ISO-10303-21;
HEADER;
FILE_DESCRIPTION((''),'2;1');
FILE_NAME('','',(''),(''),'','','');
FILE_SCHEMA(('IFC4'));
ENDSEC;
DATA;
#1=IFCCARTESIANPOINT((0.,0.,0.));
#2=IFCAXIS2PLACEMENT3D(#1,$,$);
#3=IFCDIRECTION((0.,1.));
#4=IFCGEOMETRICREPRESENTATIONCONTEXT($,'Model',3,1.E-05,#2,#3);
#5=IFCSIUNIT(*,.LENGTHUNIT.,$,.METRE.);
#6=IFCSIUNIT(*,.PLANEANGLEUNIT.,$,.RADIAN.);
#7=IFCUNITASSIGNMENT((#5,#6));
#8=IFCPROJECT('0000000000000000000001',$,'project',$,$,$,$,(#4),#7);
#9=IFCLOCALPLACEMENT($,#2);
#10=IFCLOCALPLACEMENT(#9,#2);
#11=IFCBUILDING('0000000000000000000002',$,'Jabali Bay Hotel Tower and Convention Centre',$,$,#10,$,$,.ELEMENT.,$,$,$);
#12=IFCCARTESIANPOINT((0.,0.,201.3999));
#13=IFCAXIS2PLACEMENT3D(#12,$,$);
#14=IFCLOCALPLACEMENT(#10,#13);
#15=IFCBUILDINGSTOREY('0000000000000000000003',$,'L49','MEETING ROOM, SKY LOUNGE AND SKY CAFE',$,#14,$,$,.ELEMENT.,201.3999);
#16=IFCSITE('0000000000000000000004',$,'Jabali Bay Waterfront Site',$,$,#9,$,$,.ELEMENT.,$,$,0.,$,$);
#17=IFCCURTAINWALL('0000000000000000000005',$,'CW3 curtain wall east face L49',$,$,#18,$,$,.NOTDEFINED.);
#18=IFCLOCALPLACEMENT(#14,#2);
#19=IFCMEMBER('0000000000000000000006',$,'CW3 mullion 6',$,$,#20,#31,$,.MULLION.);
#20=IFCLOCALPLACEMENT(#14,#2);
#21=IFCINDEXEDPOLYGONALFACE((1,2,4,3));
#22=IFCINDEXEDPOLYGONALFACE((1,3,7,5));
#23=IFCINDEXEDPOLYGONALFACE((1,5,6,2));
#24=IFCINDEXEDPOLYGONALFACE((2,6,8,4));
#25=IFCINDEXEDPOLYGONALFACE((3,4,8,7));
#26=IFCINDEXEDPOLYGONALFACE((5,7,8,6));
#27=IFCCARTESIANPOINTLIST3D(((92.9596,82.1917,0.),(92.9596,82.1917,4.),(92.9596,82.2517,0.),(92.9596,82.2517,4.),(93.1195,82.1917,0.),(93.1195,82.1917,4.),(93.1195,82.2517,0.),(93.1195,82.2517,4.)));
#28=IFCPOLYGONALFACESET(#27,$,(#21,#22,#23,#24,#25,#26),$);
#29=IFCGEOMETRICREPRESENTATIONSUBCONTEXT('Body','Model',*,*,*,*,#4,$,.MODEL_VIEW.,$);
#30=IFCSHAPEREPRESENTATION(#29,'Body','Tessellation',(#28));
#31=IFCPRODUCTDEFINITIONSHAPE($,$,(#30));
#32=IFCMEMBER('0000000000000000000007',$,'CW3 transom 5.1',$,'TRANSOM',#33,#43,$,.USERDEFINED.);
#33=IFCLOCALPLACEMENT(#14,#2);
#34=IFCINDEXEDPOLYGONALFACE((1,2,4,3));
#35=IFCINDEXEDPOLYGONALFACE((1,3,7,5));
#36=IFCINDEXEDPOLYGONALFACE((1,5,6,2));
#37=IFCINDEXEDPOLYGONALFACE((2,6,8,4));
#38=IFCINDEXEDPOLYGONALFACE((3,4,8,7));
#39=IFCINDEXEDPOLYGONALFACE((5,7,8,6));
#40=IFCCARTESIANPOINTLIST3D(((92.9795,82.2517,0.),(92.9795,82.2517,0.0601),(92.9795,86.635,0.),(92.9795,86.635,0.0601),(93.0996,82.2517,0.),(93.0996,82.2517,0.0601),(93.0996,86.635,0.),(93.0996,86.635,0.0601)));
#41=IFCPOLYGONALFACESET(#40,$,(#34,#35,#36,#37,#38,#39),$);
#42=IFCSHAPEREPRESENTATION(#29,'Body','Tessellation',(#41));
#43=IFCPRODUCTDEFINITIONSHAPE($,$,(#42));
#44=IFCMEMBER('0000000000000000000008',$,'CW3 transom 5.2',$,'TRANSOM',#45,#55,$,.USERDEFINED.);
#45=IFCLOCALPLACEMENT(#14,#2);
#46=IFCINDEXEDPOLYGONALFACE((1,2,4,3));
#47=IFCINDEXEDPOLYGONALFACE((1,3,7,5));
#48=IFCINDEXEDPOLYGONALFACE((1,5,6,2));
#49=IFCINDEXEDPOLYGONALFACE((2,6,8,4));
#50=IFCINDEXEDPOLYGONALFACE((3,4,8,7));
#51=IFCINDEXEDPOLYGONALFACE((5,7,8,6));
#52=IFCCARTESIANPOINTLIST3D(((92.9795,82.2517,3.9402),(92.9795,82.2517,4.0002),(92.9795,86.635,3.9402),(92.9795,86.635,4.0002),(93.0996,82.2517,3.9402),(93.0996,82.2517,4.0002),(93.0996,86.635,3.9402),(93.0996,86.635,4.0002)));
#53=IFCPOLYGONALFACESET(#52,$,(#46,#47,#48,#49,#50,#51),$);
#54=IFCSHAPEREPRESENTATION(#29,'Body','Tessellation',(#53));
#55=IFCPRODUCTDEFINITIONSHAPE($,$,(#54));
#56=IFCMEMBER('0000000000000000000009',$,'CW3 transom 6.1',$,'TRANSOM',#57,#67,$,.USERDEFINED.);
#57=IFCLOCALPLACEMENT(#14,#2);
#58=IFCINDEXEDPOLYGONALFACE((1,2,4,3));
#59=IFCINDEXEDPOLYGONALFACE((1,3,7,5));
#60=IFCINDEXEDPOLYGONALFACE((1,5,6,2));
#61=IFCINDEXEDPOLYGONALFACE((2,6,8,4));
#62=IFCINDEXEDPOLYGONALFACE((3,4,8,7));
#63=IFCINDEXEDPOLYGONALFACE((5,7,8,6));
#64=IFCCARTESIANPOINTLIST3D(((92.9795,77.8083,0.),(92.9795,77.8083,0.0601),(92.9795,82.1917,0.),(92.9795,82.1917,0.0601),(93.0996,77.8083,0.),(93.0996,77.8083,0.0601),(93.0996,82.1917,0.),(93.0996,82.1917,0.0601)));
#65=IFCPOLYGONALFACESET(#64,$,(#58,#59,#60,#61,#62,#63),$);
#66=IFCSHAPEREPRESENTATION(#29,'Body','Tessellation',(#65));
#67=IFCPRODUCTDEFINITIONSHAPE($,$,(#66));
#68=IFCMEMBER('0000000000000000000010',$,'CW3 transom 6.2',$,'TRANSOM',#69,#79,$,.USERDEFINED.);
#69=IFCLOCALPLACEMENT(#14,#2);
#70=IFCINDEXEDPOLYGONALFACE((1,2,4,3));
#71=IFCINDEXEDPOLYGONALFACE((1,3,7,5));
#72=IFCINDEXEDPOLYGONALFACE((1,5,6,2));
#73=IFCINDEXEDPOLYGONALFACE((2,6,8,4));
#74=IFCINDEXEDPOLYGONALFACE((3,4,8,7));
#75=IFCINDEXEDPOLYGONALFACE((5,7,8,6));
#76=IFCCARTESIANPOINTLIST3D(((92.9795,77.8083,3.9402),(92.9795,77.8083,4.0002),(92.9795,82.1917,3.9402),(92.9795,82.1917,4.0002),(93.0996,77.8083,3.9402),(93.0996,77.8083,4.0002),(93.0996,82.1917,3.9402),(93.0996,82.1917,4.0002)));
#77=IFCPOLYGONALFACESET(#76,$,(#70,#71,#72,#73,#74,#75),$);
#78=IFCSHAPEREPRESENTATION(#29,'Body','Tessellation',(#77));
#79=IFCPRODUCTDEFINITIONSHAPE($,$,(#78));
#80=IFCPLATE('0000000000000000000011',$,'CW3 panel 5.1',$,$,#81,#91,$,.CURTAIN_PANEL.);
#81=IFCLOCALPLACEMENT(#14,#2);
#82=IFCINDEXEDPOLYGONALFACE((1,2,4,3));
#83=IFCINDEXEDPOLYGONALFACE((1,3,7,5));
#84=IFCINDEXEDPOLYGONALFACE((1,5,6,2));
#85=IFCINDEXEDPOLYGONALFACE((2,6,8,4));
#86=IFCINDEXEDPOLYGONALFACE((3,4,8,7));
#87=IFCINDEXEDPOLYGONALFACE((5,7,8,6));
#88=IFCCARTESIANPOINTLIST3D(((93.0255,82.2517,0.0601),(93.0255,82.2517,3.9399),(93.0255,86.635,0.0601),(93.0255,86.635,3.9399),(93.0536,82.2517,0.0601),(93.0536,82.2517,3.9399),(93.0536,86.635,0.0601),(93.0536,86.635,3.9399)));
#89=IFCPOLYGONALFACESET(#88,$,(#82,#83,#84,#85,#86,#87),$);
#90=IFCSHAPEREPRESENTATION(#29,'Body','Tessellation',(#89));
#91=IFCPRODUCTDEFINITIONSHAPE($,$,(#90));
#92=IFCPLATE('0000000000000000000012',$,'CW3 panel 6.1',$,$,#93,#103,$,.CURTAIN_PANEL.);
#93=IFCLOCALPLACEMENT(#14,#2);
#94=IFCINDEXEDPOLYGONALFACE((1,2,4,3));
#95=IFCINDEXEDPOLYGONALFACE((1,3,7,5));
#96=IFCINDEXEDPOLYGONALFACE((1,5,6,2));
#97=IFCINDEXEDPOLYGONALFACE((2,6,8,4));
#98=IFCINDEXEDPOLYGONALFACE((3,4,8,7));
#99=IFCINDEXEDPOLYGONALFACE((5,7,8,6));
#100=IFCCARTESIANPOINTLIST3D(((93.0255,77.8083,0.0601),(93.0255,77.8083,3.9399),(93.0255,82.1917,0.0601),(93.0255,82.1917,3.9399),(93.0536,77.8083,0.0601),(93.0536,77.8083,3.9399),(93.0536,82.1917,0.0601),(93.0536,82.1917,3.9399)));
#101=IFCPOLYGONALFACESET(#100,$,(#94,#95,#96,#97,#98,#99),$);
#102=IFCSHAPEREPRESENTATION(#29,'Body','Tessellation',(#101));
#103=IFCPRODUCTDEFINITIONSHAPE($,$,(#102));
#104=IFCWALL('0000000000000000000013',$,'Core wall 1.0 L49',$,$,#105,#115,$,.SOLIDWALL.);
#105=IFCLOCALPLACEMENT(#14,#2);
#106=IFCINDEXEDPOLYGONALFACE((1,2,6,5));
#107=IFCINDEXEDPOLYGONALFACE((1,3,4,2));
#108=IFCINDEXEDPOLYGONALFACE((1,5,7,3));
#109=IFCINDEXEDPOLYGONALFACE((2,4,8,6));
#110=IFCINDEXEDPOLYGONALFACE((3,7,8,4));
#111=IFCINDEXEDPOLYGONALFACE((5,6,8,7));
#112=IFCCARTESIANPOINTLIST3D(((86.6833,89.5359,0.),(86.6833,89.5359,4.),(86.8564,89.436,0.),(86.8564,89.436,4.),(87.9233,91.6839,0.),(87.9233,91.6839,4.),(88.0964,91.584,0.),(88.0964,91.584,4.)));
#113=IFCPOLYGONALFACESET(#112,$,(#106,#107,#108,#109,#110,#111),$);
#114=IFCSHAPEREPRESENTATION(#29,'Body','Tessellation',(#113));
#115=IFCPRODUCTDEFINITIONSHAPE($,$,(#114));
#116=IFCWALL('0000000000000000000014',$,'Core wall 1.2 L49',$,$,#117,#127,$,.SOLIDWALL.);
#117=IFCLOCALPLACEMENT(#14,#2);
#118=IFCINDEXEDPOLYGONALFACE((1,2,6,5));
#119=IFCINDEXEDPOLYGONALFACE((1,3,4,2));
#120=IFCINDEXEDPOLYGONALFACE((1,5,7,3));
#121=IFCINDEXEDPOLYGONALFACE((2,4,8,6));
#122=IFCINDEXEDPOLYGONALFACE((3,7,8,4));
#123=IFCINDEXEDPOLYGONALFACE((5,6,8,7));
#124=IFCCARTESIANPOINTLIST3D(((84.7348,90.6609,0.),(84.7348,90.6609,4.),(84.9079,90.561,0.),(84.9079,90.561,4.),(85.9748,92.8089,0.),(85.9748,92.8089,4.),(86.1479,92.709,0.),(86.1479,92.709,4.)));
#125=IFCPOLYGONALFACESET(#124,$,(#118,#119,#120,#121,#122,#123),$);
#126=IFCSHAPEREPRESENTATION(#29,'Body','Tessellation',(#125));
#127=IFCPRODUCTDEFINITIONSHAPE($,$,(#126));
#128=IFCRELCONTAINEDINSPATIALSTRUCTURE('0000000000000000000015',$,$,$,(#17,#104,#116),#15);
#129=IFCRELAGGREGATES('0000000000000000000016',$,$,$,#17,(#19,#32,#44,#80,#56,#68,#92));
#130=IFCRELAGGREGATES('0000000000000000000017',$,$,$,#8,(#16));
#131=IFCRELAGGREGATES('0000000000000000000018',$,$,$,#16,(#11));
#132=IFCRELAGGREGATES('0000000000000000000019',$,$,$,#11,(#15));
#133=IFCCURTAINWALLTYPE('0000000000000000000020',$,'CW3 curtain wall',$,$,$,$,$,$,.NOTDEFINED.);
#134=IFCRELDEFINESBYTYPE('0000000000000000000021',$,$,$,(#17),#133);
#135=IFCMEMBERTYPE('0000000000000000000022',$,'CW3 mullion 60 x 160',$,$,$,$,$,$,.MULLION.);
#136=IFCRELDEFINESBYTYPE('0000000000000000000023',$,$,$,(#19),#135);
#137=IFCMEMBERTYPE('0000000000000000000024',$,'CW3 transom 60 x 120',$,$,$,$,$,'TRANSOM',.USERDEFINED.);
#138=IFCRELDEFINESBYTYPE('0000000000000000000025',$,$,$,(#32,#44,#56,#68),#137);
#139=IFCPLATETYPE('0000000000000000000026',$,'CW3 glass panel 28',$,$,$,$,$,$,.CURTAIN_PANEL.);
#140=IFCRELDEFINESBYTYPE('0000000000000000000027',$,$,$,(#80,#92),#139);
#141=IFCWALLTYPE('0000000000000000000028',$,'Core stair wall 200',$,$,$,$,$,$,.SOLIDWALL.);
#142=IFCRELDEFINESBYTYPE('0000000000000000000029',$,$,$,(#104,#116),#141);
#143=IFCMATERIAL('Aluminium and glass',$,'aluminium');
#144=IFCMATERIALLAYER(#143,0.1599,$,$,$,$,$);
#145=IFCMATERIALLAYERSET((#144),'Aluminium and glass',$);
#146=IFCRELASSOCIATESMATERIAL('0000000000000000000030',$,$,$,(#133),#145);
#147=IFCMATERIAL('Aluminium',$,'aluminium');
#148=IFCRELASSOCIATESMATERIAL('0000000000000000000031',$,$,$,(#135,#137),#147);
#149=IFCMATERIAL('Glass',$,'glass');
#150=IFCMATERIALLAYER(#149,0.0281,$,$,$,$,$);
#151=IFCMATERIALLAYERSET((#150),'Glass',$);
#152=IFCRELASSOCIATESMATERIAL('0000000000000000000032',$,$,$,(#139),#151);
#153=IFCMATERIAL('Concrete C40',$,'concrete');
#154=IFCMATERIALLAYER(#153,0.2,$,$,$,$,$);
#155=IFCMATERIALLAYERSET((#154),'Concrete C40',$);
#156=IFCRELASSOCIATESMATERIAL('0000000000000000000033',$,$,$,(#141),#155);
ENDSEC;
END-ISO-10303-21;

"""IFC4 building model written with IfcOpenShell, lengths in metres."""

from ifc_helpers import new_model, si_unit, direction, frame, frame_2d, origin, origin_2d, place, context, subcontext, project, spatial, rectangle, extrude, material, layer, layer_set, material_profile, profile_set, type_object, element, aggregate, save


model = new_model("IFC4")

# Units and contexts
model_context = context("Model", 3, precision=1e-05, world=origin(), true_north=direction((0.0, 1.0)))
body_context = subcontext(model_context, "Body", "Model", "MODEL_VIEW")
ifc_project = project(units=[si_unit("LENGTHUNIT", "METRE"), si_unit("PLANEANGLEUNIT", "RADIAN")], contexts=[model_context])

# Site, building, storey
site_placement = place(None, origin())
site = spatial("IfcSite", under=ifc_project, at=site_placement, Name="Jabali Bay Waterfront Site", CompositionType="ELEMENT", RefElevation=0.0)
building_placement = place(site_placement, origin())
building = spatial("IfcBuilding", under=site, at=building_placement, Name="Jabali Bay Hotel Tower and Convention Centre", CompositionType="ELEMENT")
storey_placement = place(building_placement, frame((0.0, 0.0, 201.3999)))
storey = spatial("IfcBuildingStorey", under=building, at=storey_placement, Name="L49", Description="MEETING ROOM, SKY LOUNGE AND SKY CAFE", CompositionType="ELEMENT", Elevation=201.3999)

# Curtain wall, members, plates
ifc_material_1 = material(Name="Aluminium and glass", Category="aluminium")
ifc_layer_1 = layer(ifc_material_1, 0.1599)
ifc_layer_set_1 = layer_set([ifc_layer_1], Name="Aluminium and glass")
curtain_wall_type = type_object("IfcCurtainWallType", Name="CW3 curtain wall", PredefinedType="NOTDEFINED", material=ifc_layer_set_1)
curtain_wall_placement = place(storey_placement, origin())
curtain_wall = element("IfcCurtainWall", 1, at=curtain_wall_placement, inside=storey, type_object=curtain_wall_type, Name="CW3 curtain wall east face L49", PredefinedType="NOTDEFINED")
ifc_material_2 = material(Name="Aluminium", Category="aluminium")
ifc_material_profile_1 = material_profile(ifc_material_2, rectangle(XDim=0.1599, YDim=0.0601, at=origin_2d()), Name="CW3 mullion 60 x 160")
ifc_profile_set_1 = profile_set([ifc_material_profile_1], Name="Aluminium")
member_type_1 = type_object("IfcMemberType", Name="CW3 mullion 60 x 160", PredefinedType="MULLION", material=ifc_profile_set_1)
member_1_placement = place(storey_placement, frame((93.0396, 82.2217, 0.0), z_axis=(0.0, 0.0, 1.0), x_axis=(1.0, 0.0, 0.0)))
member_1 = element("IfcMember", 2, at=member_1_placement, type_object=member_type_1, Name="CW3 mullion 6", PredefinedType="MULLION", context=body_context, shape_type="SweptSolid", body=[
    extrude(rectangle(XDim=0.1599, YDim=0.0601, at=origin_2d()), origin(), (0.0, 0.0, 1.0), 4.0),
])
ifc_material_profile_2 = material_profile(ifc_material_2, rectangle(XDim=0.1201, YDim=0.0601, at=origin_2d()), Name="CW3 transom 60 x 120")
ifc_profile_set_2 = profile_set([ifc_material_profile_2], Name="Aluminium")
member_type_2 = type_object("IfcMemberType", Name="CW3 transom 60 x 120", ElementType="TRANSOM", PredefinedType="USERDEFINED", material=ifc_profile_set_2)
member_2_placement = place(storey_placement, frame((93.0396, 86.635, 0.03), z_axis=(0.0, -1.0, 0.0), x_axis=(1.0, 0.0, 0.0)))
member_2 = element("IfcMember", 3, at=member_2_placement, type_object=member_type_2, Name="CW3 transom 5.1", ObjectType="TRANSOM", PredefinedType="USERDEFINED", context=body_context, shape_type="SweptSolid", body=[
    extrude(rectangle(XDim=0.1201, YDim=0.0601, at=origin_2d()), origin(), (0.0, 0.0, 1.0), 4.3833),
])
member_3_placement = place(storey_placement, frame((93.0396, 86.635, 3.9702), z_axis=(0.0, -1.0, 0.0), x_axis=(1.0, 0.0, 0.0)))
member_3 = element("IfcMember", 4, at=member_3_placement, type_object=member_type_2, Name="CW3 transom 5.2", ObjectType="TRANSOM", PredefinedType="USERDEFINED", context=body_context, shape_type="SweptSolid", body=[
    extrude(rectangle(XDim=0.1201, YDim=0.0601, at=origin_2d()), origin(), (0.0, 0.0, 1.0), 4.3833),
])
member_4_placement = place(storey_placement, frame((93.0396, 82.1917, 0.03), z_axis=(0.0, -1.0, 0.0), x_axis=(1.0, 0.0, 0.0)))
member_4 = element("IfcMember", 5, at=member_4_placement, type_object=member_type_2, Name="CW3 transom 6.1", ObjectType="TRANSOM", PredefinedType="USERDEFINED", context=body_context, shape_type="SweptSolid", body=[
    extrude(rectangle(XDim=0.1201, YDim=0.0601, at=origin_2d()), origin(), (0.0, 0.0, 1.0), 4.3833),
])
member_5_placement = place(storey_placement, frame((93.0396, 82.1917, 3.9702), z_axis=(0.0, -1.0, 0.0), x_axis=(1.0, 0.0, 0.0)))
member_5 = element("IfcMember", 6, at=member_5_placement, type_object=member_type_2, Name="CW3 transom 6.2", ObjectType="TRANSOM", PredefinedType="USERDEFINED", context=body_context, shape_type="SweptSolid", body=[
    extrude(rectangle(XDim=0.1201, YDim=0.0601, at=origin_2d()), origin(), (0.0, 0.0, 1.0), 4.3833),
])
ifc_material_3 = material(Name="Glass", Category="glass")
ifc_layer_2 = layer(ifc_material_3, 0.0281)
ifc_layer_set_2 = layer_set([ifc_layer_2], Name="Glass")
plate_type = type_object("IfcPlateType", Name="CW3 glass panel 28", PredefinedType="CURTAIN_PANEL", material=ifc_layer_set_2)
plate_1_placement = place(storey_placement, frame((93.0396, 84.4434, 0.0601), z_axis=(0.0, 0.0, 1.0), x_axis=(0.0, -1.0, 0.0)))
plate_1 = element("IfcPlate", 7, at=plate_1_placement, type_object=plate_type, Name="CW3 panel 5.1", PredefinedType="CURTAIN_PANEL", context=body_context, shape_type="SweptSolid", body=[
    extrude(rectangle(XDim=4.3833, YDim=0.0281, at=origin_2d()), origin(), (0.0, 0.0, 1.0), 3.8799),
])
plate_2_placement = place(storey_placement, frame((93.0396, 80.0, 0.0601), z_axis=(0.0, 0.0, 1.0), x_axis=(0.0, -1.0, 0.0)))
plate_2 = element("IfcPlate", 8, at=plate_2_placement, type_object=plate_type, Name="CW3 panel 6.1", PredefinedType="CURTAIN_PANEL", context=body_context, shape_type="SweptSolid", body=[
    extrude(rectangle(XDim=4.3833, YDim=0.0281, at=origin_2d()), origin(), (0.0, 0.0, 1.0), 3.8799),
])
aggregate(curtain_wall, [member_1, member_2, member_3, plate_1, member_4, member_5, plate_2])

# Walls
ifc_material_4 = material(Name="Concrete C40", Category="concrete")
ifc_layer_3 = layer(ifc_material_4, 0.2)
ifc_layer_set_3 = layer_set([ifc_layer_3], Name="Concrete C40")
wall_type_1 = type_object("IfcWallType", Name="Core stair wall 200", PredefinedType="SOLIDWALL", material=ifc_layer_set_3)
for number, where, z_axis, x_axis, name in (
    (9, (86.7698, 89.4858, 0.0), (0.0, 0.0, 1.0), (0.499961, 0.866048, 0.0), "Core wall 1.0 L49"),
    (10, (84.8213, 90.6108, 0.0), (0.0, 0.0, 1.0), (0.499961, 0.866048, 0.0), "Core wall 1.2 L49"),
):
    element("IfcWall", number, at=place(storey_placement, frame(where, z_axis=z_axis, x_axis=x_axis)), inside=storey, type_object=wall_type_1, Name=name, PredefinedType="SOLIDWALL", context=body_context, shape_type="SweptSolid", body=[
        extrude(rectangle(XDim=2.4802, YDim=0.2, at=frame_2d((1.2402, 0.0))), origin(), (0.0, 0.0, 1.0), 4.0),
    ])

save(model, "model.ifc")
